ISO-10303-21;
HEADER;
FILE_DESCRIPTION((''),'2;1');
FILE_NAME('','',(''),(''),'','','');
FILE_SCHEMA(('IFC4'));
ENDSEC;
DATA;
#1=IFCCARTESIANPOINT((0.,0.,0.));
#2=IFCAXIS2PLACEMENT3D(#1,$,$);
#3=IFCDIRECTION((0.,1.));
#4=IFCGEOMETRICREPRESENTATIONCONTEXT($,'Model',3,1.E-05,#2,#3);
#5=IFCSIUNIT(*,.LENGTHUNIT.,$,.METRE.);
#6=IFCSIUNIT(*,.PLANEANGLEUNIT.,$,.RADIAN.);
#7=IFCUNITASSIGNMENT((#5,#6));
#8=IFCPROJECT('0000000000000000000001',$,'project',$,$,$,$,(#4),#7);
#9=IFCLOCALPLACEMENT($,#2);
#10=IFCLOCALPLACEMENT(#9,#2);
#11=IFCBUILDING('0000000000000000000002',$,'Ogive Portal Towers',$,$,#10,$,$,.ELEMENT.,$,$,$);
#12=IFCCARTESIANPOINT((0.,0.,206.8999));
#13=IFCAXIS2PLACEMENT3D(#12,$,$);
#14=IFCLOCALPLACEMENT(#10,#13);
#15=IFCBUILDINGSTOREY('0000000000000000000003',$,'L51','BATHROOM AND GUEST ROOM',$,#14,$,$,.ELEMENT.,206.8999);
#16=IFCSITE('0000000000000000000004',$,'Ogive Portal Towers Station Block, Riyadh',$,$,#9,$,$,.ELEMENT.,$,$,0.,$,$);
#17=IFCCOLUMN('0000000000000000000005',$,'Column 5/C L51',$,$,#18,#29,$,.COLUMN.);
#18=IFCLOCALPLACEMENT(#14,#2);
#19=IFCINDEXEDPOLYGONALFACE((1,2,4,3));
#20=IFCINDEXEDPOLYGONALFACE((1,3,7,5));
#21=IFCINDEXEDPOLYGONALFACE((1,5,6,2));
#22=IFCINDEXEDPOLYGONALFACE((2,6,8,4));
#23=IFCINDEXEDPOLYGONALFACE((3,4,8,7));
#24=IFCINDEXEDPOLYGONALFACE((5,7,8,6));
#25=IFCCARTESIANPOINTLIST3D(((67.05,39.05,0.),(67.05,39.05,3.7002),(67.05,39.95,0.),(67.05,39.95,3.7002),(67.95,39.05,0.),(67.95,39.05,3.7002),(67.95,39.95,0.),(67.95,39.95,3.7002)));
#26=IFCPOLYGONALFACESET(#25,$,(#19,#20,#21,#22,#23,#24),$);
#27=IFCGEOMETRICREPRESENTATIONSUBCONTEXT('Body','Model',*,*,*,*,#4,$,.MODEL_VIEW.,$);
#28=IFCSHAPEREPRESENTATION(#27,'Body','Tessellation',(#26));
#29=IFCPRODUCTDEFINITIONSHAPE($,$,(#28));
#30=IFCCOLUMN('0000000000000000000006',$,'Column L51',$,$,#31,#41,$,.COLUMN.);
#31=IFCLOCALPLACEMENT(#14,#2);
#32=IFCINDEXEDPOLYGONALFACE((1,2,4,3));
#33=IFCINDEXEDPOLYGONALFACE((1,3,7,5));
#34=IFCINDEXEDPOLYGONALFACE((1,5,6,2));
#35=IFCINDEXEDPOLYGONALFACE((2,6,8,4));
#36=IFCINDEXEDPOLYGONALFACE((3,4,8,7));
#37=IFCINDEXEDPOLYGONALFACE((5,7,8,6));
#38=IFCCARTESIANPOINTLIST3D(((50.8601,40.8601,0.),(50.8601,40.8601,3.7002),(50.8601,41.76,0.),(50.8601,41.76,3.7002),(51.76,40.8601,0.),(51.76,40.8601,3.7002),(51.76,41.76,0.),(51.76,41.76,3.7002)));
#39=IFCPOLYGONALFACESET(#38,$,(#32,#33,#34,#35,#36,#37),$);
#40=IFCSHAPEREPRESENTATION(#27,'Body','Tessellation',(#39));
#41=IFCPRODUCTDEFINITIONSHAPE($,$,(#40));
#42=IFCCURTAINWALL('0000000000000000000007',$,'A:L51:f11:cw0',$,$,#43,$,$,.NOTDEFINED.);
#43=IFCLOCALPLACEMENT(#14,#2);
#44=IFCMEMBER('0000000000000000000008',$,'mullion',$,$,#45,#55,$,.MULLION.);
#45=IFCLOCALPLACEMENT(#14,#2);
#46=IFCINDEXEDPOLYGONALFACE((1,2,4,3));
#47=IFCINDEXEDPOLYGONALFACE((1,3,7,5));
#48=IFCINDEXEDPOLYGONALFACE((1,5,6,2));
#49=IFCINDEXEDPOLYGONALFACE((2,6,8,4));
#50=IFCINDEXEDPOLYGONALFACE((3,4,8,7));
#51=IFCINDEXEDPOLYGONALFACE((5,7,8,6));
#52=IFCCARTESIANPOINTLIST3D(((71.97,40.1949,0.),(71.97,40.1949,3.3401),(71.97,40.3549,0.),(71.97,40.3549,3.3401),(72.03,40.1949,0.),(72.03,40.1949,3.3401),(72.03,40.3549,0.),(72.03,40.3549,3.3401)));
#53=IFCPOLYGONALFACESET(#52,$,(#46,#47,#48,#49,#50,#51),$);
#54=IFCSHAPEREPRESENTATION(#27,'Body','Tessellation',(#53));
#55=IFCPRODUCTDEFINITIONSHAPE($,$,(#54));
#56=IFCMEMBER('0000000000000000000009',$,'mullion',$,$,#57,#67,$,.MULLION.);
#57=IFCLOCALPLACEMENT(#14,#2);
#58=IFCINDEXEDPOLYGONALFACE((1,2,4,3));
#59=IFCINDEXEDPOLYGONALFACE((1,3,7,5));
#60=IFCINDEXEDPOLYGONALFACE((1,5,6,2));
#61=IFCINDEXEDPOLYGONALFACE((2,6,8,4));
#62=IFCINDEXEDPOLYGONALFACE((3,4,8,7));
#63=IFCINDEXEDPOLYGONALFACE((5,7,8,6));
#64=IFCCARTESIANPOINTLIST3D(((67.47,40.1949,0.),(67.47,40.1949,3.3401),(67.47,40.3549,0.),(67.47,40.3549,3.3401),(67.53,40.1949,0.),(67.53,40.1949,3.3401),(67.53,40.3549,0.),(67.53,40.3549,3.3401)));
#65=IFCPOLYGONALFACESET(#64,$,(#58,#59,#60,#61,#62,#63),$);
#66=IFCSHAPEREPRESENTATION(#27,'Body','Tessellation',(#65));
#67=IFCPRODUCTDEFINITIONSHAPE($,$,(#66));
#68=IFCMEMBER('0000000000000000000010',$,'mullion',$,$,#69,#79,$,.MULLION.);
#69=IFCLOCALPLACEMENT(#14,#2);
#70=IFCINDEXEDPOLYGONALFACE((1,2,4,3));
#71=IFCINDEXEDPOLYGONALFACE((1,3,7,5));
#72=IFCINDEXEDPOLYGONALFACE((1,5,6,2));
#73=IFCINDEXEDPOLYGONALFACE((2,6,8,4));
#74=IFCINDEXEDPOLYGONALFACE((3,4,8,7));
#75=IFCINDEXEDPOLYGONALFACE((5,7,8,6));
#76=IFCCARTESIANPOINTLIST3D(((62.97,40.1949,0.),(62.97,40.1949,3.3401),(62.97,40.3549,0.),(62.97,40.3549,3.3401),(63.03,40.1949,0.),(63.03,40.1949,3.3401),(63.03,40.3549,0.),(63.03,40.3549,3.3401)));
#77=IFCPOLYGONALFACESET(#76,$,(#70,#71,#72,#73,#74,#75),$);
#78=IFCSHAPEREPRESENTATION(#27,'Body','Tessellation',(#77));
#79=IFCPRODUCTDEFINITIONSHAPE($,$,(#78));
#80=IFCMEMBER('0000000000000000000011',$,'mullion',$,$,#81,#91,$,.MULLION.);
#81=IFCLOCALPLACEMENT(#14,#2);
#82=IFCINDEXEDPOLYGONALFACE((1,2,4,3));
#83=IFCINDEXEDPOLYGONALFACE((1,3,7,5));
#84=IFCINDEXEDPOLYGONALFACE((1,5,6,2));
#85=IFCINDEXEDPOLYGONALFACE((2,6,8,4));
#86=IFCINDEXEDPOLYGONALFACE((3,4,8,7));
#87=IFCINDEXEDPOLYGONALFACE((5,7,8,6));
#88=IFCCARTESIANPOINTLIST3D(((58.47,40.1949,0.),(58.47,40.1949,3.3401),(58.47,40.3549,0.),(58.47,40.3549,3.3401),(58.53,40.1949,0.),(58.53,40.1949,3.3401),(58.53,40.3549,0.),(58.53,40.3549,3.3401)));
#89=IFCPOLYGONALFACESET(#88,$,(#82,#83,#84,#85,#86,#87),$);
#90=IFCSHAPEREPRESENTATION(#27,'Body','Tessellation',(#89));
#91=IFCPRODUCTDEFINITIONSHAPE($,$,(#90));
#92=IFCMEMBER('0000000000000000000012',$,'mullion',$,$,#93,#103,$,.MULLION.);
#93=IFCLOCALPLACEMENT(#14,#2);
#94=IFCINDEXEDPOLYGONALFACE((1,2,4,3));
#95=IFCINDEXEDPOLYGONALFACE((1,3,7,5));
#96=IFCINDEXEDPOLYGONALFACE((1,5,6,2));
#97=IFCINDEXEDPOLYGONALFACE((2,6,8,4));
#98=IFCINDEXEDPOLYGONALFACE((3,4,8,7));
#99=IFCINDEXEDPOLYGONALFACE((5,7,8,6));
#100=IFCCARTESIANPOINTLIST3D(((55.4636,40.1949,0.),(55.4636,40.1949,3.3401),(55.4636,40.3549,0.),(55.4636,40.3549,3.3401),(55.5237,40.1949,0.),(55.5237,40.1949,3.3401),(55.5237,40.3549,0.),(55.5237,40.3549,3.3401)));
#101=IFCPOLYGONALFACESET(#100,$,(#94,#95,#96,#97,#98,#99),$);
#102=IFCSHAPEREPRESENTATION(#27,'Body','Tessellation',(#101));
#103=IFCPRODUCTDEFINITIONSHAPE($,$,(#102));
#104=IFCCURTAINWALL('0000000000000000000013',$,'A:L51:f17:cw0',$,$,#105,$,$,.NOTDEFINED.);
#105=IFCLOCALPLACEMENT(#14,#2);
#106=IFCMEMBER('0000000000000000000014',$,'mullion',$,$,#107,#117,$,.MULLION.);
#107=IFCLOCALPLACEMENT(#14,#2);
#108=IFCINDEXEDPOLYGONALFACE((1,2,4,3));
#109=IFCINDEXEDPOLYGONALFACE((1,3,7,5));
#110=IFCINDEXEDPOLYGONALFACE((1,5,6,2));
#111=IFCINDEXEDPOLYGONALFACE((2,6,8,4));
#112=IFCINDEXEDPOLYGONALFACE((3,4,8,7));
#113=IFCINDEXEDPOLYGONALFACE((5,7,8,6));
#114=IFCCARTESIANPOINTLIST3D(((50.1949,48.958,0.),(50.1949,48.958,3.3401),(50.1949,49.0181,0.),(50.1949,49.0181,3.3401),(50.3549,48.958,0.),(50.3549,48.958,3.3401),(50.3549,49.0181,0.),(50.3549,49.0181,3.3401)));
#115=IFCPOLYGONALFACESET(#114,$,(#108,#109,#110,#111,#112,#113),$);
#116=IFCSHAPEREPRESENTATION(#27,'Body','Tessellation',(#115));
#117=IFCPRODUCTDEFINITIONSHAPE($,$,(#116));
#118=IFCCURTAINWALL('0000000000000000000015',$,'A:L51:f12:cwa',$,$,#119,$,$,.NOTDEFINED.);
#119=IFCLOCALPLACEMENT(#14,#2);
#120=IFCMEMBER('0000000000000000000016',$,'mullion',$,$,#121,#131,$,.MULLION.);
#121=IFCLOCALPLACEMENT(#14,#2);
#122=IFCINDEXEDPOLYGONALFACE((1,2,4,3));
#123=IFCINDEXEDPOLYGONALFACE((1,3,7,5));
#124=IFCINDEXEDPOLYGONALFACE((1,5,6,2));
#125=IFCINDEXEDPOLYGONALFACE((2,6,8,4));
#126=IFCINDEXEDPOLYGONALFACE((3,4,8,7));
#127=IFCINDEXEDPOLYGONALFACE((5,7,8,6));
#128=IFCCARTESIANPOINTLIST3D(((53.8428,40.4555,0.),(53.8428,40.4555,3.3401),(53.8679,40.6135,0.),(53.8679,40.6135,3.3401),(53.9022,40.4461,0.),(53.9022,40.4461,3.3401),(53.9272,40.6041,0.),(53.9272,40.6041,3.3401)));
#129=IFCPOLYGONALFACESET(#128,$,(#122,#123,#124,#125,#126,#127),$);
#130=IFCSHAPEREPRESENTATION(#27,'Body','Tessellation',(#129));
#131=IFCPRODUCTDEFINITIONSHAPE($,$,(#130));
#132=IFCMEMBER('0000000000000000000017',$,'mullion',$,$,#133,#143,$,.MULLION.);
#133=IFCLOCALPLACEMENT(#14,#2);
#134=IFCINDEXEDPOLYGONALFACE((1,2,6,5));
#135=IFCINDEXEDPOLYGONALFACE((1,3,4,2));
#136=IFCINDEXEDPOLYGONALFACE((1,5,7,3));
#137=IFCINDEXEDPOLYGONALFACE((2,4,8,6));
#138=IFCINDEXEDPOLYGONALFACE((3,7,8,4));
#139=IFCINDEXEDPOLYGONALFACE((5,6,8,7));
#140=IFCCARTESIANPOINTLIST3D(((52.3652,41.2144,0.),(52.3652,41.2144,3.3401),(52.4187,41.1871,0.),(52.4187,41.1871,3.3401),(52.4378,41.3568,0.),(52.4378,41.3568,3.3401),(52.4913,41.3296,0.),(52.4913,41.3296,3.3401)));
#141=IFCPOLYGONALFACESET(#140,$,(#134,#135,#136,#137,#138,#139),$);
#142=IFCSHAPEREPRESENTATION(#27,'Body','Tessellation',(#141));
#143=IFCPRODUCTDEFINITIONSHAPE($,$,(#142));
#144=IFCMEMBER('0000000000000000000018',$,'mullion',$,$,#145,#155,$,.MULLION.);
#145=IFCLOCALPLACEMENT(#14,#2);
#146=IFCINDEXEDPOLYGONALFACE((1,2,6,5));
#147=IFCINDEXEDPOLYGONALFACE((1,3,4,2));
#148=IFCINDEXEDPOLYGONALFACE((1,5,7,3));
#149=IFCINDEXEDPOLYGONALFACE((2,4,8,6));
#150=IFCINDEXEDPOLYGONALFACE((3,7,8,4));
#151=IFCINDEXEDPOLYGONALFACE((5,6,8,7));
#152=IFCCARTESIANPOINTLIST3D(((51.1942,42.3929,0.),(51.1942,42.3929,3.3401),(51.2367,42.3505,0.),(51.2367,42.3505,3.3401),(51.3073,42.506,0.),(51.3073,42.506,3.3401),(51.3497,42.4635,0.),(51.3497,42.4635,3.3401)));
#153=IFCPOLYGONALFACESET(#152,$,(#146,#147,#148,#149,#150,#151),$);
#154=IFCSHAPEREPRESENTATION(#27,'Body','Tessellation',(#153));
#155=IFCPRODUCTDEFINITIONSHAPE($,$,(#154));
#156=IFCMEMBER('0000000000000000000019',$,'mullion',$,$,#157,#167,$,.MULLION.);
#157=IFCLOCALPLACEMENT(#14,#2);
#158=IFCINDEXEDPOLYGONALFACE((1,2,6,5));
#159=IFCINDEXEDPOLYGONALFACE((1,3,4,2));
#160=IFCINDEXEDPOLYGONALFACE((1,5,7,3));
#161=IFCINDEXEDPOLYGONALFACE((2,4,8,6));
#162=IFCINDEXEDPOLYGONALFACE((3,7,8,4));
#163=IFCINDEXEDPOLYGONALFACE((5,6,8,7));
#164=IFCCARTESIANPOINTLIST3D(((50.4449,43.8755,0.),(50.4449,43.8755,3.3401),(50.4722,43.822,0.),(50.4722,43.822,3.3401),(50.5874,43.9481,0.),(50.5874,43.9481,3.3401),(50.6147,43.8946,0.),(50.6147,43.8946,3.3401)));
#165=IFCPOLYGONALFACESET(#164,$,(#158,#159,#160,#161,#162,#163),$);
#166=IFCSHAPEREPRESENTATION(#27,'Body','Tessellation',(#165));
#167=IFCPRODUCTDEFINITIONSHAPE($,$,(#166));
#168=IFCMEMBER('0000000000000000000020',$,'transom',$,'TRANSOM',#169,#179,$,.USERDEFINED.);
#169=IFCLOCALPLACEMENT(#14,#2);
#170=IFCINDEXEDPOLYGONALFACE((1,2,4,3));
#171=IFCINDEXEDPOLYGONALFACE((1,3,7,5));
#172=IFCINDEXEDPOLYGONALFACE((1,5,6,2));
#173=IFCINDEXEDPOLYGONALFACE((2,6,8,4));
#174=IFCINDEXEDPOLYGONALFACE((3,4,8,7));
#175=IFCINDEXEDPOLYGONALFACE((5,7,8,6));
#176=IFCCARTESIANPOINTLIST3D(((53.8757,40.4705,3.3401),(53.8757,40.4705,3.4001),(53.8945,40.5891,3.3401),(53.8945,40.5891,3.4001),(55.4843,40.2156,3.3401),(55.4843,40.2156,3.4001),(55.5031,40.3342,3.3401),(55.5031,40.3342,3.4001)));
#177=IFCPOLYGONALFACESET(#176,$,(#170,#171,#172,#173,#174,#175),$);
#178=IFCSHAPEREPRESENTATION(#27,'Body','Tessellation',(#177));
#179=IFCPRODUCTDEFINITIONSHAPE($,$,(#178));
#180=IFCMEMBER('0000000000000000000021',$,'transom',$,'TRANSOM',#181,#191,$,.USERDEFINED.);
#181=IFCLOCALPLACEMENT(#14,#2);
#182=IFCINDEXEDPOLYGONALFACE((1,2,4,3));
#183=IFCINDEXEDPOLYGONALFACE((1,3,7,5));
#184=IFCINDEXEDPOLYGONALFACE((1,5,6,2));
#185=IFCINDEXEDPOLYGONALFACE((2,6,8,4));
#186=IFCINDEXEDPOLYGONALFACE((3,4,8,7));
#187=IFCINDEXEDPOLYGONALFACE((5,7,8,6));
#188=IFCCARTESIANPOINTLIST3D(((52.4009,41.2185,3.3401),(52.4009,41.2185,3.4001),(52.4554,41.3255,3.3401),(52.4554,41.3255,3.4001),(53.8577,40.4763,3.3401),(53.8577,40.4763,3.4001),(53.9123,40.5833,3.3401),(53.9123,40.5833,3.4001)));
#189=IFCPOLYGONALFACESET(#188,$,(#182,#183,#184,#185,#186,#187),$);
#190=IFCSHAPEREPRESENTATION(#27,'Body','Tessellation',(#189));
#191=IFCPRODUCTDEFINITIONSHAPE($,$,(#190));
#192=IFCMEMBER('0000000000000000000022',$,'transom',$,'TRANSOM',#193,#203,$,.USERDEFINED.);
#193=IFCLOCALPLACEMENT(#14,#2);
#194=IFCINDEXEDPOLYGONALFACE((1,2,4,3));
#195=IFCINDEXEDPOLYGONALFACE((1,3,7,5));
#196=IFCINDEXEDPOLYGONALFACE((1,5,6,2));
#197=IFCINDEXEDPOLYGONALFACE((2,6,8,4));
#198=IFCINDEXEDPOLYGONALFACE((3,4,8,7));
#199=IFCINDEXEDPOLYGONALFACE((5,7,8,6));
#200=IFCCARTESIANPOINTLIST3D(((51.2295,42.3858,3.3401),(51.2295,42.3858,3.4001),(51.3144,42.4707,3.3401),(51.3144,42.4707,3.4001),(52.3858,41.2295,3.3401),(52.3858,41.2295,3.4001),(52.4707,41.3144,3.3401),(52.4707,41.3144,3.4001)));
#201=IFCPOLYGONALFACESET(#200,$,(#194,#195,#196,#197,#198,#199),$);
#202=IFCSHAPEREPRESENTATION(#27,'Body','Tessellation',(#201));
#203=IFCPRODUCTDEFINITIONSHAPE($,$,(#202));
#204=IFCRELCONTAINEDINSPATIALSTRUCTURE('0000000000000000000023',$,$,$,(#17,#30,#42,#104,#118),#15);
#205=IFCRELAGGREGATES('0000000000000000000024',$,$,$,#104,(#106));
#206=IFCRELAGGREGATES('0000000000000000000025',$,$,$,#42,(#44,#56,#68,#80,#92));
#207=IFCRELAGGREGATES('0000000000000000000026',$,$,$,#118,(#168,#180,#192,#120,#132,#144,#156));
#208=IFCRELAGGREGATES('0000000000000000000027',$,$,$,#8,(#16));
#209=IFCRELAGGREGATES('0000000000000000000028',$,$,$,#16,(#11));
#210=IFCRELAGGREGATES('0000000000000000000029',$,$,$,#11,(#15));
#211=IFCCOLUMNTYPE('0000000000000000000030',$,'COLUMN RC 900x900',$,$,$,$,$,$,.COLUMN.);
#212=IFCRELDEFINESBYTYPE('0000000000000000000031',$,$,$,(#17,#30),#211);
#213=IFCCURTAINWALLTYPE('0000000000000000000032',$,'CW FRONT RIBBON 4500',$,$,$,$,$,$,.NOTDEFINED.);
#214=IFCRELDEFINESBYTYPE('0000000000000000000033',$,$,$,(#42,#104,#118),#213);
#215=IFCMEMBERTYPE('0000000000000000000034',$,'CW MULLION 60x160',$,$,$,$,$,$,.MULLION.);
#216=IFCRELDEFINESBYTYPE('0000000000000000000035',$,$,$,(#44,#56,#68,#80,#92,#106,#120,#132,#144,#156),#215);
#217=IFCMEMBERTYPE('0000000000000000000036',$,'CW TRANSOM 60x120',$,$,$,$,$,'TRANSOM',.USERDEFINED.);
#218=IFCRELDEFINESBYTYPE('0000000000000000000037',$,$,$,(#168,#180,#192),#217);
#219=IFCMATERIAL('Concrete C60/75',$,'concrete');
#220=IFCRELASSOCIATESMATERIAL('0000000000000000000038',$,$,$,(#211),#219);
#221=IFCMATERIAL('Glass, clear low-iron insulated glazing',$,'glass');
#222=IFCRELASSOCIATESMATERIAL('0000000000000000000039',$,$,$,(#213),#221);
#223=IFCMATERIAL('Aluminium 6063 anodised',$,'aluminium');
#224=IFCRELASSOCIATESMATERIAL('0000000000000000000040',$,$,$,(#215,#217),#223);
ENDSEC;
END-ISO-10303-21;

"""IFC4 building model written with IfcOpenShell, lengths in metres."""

from ifc_helpers import new_model, si_unit, direction, frame, origin, origin_2d, place, context, subcontext, project, spatial, rectangle, extrude, material, material_profile, profile_set, type_object, element, aggregate, save


model = new_model("IFC4")

# Units and contexts
model_context = context("Model", 3, precision=1e-05, world=origin(), true_north=direction((0.0, 1.0)))
body_context = subcontext(model_context, "Body", "Model", "MODEL_VIEW")
ifc_project = project(units=[si_unit("LENGTHUNIT", "METRE"), si_unit("PLANEANGLEUNIT", "RADIAN")], contexts=[model_context])

# Site, building, storey
site_placement = place(None, origin())
site = spatial("IfcSite", under=ifc_project, at=site_placement, Name="Ogive Portal Towers Station Block, Riyadh", CompositionType="ELEMENT", RefElevation=0.0)
building_placement = place(site_placement, origin())
building = spatial("IfcBuilding", under=site, at=building_placement, Name="Ogive Portal Towers", CompositionType="ELEMENT")
storey_placement = place(building_placement, frame((0.0, 0.0, 206.8999)))
storey = spatial("IfcBuildingStorey", under=building, at=storey_placement, Name="L51", Description="BATHROOM AND GUEST ROOM", CompositionType="ELEMENT", Elevation=206.8999)

# Columns
ifc_material_1 = material(Name="Concrete C60/75", Category="concrete")
ifc_material_profile_1 = material_profile(ifc_material_1, rectangle(XDim=0.8999, YDim=0.8999, at=origin_2d()), Name="RC 900x900")
ifc_profile_set_1 = profile_set([ifc_material_profile_1], Name="Concrete C60/75")
column_type = type_object("IfcColumnType", Name="COLUMN RC 900x900", PredefinedType="COLUMN", material=ifc_profile_set_1)
for number, where, z_axis, x_axis, name in (
    (1, (67.5, 39.5, 0.0), (0.0, 0.0, 1.0), (1.0, 0.0, 0.0), "Column 5/C L51"),
    (2, (51.3101, 41.3101, 0.0), (0.0, 0.0, 1.0), (1.0, 0.0, 0.0), "Column L51"),
):
    element("IfcColumn", number, at=place(storey_placement, frame(where, z_axis=z_axis, x_axis=x_axis)), inside=storey, type_object=column_type, Name=name, PredefinedType="COLUMN", context=body_context, shape_type="SweptSolid", body=[
        extrude(rectangle(XDim=0.8999, YDim=0.8999, at=origin_2d()), origin(), (0.0, 0.0, 1.0), 3.7002),
    ])

# Curtain wall, members
ifc_material_2 = material(Name="Glass, clear low-iron insulated glazing", Category="glass")
curtain_wall_type = type_object("IfcCurtainWallType", Name="CW FRONT RIBBON 4500", PredefinedType="NOTDEFINED", material=ifc_material_2)
curtain_wall_1_placement = place(storey_placement, origin())
curtain_wall_1 = element("IfcCurtainWall", 3, at=curtain_wall_1_placement, inside=storey, type_object=curtain_wall_type, Name="A:L51:f11:cw0", PredefinedType="NOTDEFINED")
ifc_material_3 = material(Name="Aluminium 6063 anodised", Category="aluminium")
ifc_material_profile_2 = material_profile(ifc_material_3, rectangle(XDim=0.1599, YDim=0.0601, at=origin_2d()), Name="AL 60x160")
ifc_profile_set_2 = profile_set([ifc_material_profile_2], Name="Aluminium 6063 anodised")
member_type_1 = type_object("IfcMemberType", Name="CW MULLION 60x160", PredefinedType="MULLION", material=ifc_profile_set_2)
member_1_placement = place(storey_placement, frame((72.0, 40.2749, 0.0), z_axis=(0.0, 0.0, 1.0), x_axis=(0.0, -1.0, 0.0)))
member_1 = element("IfcMember", 4, at=member_1_placement, type_object=member_type_1, Name="mullion", PredefinedType="MULLION", context=body_context, shape_type="SweptSolid", body=[
    extrude(rectangle(XDim=0.1599, YDim=0.0601, at=origin_2d()), origin(), (0.0, 0.0, 1.0), 3.3401),
])
member_2_placement = place(storey_placement, frame((67.5, 40.2749, 0.0), z_axis=(0.0, 0.0, 1.0), x_axis=(0.0, -1.0, 0.0)))
member_2 = element("IfcMember", 5, at=member_2_placement, type_object=member_type_1, Name="mullion", PredefinedType="MULLION", context=body_context, shape_type="SweptSolid", body=[
    extrude(rectangle(XDim=0.1599, YDim=0.0601, at=origin_2d()), origin(), (0.0, 0.0, 1.0), 3.3401),
])
member_3_placement = place(storey_placement, frame((63.0, 40.2749, 0.0), z_axis=(0.0, 0.0, 1.0), x_axis=(0.0, -1.0, 0.0)))
member_3 = element("IfcMember", 6, at=member_3_placement, type_object=member_type_1, Name="mullion", PredefinedType="MULLION", context=body_context, shape_type="SweptSolid", body=[
    extrude(rectangle(XDim=0.1599, YDim=0.0601, at=origin_2d()), origin(), (0.0, 0.0, 1.0), 3.3401),
])
member_4_placement = place(storey_placement, frame((58.5, 40.2749, 0.0), z_axis=(0.0, 0.0, 1.0), x_axis=(0.0, -1.0, 0.0)))
member_4 = element("IfcMember", 7, at=member_4_placement, type_object=member_type_1, Name="mullion", PredefinedType="MULLION", context=body_context, shape_type="SweptSolid", body=[
    extrude(rectangle(XDim=0.1599, YDim=0.0601, at=origin_2d()), origin(), (0.0, 0.0, 1.0), 3.3401),
])
member_5_placement = place(storey_placement, frame((55.4937, 40.2749, 0.0), z_axis=(0.0, 0.0, 1.0), x_axis=(0.0, -1.0, 0.0)))
member_5 = element("IfcMember", 8, at=member_5_placement, type_object=member_type_1, Name="mullion", PredefinedType="MULLION", context=body_context, shape_type="SweptSolid", body=[
    extrude(rectangle(XDim=0.1599, YDim=0.0601, at=origin_2d()), origin(), (0.0, 0.0, 1.0), 3.3401),
])

# Curtain wall, member
curtain_wall_2_placement = place(storey_placement, origin())
curtain_wall_2 = element("IfcCurtainWall", 9, at=curtain_wall_2_placement, inside=storey, type_object=curtain_wall_type, Name="A:L51:f17:cw0", PredefinedType="NOTDEFINED")
member_6_placement = place(storey_placement, frame((50.2749, 48.988, 0.0), z_axis=(0.0, 0.0, 1.0), x_axis=(-1.0, 0.0, 0.0)))
member_6 = element("IfcMember", 10, at=member_6_placement, type_object=member_type_1, Name="mullion", PredefinedType="MULLION", context=body_context, shape_type="SweptSolid", body=[
    extrude(rectangle(XDim=0.1599, YDim=0.0601, at=origin_2d()), origin(), (0.0, 0.0, 1.0), 3.3401),
])
aggregate(curtain_wall_2, [member_6])

# Curtain wall, members
curtain_wall_3_placement = place(storey_placement, origin())
curtain_wall_3 = element("IfcCurtainWall", 11, at=curtain_wall_3_placement, inside=storey, type_object=curtain_wall_type, Name="A:L51:f12:cwa", PredefinedType="NOTDEFINED")
member_7_placement = place(storey_placement, frame((53.885, 40.5298, 0.0), z_axis=(0.0, 0.0, 1.0), x_axis=(-0.156434, -0.987688, 0.0)))
member_7 = element("IfcMember", 12, at=member_7_placement, type_object=member_type_1, Name="mullion", PredefinedType="MULLION", context=body_context, shape_type="SweptSolid", body=[
    extrude(rectangle(XDim=0.1599, YDim=0.0601, at=origin_2d()), origin(), (0.0, 0.0, 1.0), 3.3401),
])
member_8_placement = place(storey_placement, frame((52.4282, 41.272, 0.0), z_axis=(0.0, 0.0, 1.0), x_axis=(-0.45399, -0.891007, 0.0)))
member_8 = element("IfcMember", 13, at=member_8_placement, type_object=member_type_1, Name="mullion", PredefinedType="MULLION", context=body_context, shape_type="SweptSolid", body=[
    extrude(rectangle(XDim=0.1599, YDim=0.0601, at=origin_2d()), origin(), (0.0, 0.0, 1.0), 3.3401),
])
member_9_placement = place(storey_placement, frame((51.272, 42.4282, 0.0), z_axis=(0.0, 0.0, 1.0), x_axis=(-0.707107, -0.707107, 0.0)))
member_9 = element("IfcMember", 14, at=member_9_placement, type_object=member_type_1, Name="mullion", PredefinedType="MULLION", context=body_context, shape_type="SweptSolid", body=[
    extrude(rectangle(XDim=0.1599, YDim=0.0601, at=origin_2d()), origin(), (0.0, 0.0, 1.0), 3.3401),
])
member_10_placement = place(storey_placement, frame((50.5298, 43.885, 0.0), z_axis=(0.0, 0.0, 1.0), x_axis=(-0.891007, -0.45399, 0.0)))
member_10 = element("IfcMember", 15, at=member_10_placement, type_object=member_type_1, Name="mullion", PredefinedType="MULLION", context=body_context, shape_type="SweptSolid", body=[
    extrude(rectangle(XDim=0.1599, YDim=0.0601, at=origin_2d()), origin(), (0.0, 0.0, 1.0), 3.3401),
])
ifc_material_profile_3 = material_profile(ifc_material_3, rectangle(XDim=0.1201, YDim=0.0601, at=origin_2d()), Name="AL 120x60")
ifc_profile_set_3 = profile_set([ifc_material_profile_3], Name="Aluminium 6063 anodised")
member_type_2 = type_object("IfcMemberType", Name="CW TRANSOM 60x120", ElementType="TRANSOM", PredefinedType="USERDEFINED", material=ifc_profile_set_3)
member_11_placement = place(storey_placement, frame((55.4937, 40.2749, 3.3701), z_axis=(-0.987679, 0.156494, 0.0), x_axis=(-0.156494, -0.987679, 0.0)))
member_11 = element("IfcMember", 16, at=member_11_placement, type_object=member_type_2, Name="transom", ObjectType="TRANSOM", PredefinedType="USERDEFINED", context=body_context, shape_type="SweptSolid", body=[
    extrude(rectangle(XDim=0.1201, YDim=0.0601, at=origin_2d()), origin(), (0.0, 0.0, 1.0), 1.6287),
])
member_12_placement = place(storey_placement, frame((53.885, 40.5298, 3.3701), z_axis=(-0.891027, 0.45395, 0.0), x_axis=(-0.45395, -0.891027, 0.0)))
member_12 = element("IfcMember", 17, at=member_12_placement, type_object=member_type_2, Name="transom", ObjectType="TRANSOM", PredefinedType="USERDEFINED", context=body_context, shape_type="SweptSolid", body=[
    extrude(rectangle(XDim=0.1201, YDim=0.0601, at=origin_2d()), origin(), (0.0, 0.0, 1.0), 1.635),
])
member_13_placement = place(storey_placement, frame((52.4282, 41.272, 3.3701), z_axis=(-0.707107, 0.707107, 0.0), x_axis=(-0.707107, -0.707107, 0.0)))
member_13 = element("IfcMember", 18, at=member_13_placement, type_object=member_type_2, Name="transom", ObjectType="TRANSOM", PredefinedType="USERDEFINED", context=body_context, shape_type="SweptSolid", body=[
    extrude(rectangle(XDim=0.1201, YDim=0.0601, at=origin_2d()), origin(), (0.0, 0.0, 1.0), 1.6353),
])

aggregate(curtain_wall_1, [member_1, member_2, member_3, member_4, member_5])
aggregate(curtain_wall_3, [member_11, member_12, member_13, member_7, member_8, member_9, member_10])

save(model, "model.ifc")
